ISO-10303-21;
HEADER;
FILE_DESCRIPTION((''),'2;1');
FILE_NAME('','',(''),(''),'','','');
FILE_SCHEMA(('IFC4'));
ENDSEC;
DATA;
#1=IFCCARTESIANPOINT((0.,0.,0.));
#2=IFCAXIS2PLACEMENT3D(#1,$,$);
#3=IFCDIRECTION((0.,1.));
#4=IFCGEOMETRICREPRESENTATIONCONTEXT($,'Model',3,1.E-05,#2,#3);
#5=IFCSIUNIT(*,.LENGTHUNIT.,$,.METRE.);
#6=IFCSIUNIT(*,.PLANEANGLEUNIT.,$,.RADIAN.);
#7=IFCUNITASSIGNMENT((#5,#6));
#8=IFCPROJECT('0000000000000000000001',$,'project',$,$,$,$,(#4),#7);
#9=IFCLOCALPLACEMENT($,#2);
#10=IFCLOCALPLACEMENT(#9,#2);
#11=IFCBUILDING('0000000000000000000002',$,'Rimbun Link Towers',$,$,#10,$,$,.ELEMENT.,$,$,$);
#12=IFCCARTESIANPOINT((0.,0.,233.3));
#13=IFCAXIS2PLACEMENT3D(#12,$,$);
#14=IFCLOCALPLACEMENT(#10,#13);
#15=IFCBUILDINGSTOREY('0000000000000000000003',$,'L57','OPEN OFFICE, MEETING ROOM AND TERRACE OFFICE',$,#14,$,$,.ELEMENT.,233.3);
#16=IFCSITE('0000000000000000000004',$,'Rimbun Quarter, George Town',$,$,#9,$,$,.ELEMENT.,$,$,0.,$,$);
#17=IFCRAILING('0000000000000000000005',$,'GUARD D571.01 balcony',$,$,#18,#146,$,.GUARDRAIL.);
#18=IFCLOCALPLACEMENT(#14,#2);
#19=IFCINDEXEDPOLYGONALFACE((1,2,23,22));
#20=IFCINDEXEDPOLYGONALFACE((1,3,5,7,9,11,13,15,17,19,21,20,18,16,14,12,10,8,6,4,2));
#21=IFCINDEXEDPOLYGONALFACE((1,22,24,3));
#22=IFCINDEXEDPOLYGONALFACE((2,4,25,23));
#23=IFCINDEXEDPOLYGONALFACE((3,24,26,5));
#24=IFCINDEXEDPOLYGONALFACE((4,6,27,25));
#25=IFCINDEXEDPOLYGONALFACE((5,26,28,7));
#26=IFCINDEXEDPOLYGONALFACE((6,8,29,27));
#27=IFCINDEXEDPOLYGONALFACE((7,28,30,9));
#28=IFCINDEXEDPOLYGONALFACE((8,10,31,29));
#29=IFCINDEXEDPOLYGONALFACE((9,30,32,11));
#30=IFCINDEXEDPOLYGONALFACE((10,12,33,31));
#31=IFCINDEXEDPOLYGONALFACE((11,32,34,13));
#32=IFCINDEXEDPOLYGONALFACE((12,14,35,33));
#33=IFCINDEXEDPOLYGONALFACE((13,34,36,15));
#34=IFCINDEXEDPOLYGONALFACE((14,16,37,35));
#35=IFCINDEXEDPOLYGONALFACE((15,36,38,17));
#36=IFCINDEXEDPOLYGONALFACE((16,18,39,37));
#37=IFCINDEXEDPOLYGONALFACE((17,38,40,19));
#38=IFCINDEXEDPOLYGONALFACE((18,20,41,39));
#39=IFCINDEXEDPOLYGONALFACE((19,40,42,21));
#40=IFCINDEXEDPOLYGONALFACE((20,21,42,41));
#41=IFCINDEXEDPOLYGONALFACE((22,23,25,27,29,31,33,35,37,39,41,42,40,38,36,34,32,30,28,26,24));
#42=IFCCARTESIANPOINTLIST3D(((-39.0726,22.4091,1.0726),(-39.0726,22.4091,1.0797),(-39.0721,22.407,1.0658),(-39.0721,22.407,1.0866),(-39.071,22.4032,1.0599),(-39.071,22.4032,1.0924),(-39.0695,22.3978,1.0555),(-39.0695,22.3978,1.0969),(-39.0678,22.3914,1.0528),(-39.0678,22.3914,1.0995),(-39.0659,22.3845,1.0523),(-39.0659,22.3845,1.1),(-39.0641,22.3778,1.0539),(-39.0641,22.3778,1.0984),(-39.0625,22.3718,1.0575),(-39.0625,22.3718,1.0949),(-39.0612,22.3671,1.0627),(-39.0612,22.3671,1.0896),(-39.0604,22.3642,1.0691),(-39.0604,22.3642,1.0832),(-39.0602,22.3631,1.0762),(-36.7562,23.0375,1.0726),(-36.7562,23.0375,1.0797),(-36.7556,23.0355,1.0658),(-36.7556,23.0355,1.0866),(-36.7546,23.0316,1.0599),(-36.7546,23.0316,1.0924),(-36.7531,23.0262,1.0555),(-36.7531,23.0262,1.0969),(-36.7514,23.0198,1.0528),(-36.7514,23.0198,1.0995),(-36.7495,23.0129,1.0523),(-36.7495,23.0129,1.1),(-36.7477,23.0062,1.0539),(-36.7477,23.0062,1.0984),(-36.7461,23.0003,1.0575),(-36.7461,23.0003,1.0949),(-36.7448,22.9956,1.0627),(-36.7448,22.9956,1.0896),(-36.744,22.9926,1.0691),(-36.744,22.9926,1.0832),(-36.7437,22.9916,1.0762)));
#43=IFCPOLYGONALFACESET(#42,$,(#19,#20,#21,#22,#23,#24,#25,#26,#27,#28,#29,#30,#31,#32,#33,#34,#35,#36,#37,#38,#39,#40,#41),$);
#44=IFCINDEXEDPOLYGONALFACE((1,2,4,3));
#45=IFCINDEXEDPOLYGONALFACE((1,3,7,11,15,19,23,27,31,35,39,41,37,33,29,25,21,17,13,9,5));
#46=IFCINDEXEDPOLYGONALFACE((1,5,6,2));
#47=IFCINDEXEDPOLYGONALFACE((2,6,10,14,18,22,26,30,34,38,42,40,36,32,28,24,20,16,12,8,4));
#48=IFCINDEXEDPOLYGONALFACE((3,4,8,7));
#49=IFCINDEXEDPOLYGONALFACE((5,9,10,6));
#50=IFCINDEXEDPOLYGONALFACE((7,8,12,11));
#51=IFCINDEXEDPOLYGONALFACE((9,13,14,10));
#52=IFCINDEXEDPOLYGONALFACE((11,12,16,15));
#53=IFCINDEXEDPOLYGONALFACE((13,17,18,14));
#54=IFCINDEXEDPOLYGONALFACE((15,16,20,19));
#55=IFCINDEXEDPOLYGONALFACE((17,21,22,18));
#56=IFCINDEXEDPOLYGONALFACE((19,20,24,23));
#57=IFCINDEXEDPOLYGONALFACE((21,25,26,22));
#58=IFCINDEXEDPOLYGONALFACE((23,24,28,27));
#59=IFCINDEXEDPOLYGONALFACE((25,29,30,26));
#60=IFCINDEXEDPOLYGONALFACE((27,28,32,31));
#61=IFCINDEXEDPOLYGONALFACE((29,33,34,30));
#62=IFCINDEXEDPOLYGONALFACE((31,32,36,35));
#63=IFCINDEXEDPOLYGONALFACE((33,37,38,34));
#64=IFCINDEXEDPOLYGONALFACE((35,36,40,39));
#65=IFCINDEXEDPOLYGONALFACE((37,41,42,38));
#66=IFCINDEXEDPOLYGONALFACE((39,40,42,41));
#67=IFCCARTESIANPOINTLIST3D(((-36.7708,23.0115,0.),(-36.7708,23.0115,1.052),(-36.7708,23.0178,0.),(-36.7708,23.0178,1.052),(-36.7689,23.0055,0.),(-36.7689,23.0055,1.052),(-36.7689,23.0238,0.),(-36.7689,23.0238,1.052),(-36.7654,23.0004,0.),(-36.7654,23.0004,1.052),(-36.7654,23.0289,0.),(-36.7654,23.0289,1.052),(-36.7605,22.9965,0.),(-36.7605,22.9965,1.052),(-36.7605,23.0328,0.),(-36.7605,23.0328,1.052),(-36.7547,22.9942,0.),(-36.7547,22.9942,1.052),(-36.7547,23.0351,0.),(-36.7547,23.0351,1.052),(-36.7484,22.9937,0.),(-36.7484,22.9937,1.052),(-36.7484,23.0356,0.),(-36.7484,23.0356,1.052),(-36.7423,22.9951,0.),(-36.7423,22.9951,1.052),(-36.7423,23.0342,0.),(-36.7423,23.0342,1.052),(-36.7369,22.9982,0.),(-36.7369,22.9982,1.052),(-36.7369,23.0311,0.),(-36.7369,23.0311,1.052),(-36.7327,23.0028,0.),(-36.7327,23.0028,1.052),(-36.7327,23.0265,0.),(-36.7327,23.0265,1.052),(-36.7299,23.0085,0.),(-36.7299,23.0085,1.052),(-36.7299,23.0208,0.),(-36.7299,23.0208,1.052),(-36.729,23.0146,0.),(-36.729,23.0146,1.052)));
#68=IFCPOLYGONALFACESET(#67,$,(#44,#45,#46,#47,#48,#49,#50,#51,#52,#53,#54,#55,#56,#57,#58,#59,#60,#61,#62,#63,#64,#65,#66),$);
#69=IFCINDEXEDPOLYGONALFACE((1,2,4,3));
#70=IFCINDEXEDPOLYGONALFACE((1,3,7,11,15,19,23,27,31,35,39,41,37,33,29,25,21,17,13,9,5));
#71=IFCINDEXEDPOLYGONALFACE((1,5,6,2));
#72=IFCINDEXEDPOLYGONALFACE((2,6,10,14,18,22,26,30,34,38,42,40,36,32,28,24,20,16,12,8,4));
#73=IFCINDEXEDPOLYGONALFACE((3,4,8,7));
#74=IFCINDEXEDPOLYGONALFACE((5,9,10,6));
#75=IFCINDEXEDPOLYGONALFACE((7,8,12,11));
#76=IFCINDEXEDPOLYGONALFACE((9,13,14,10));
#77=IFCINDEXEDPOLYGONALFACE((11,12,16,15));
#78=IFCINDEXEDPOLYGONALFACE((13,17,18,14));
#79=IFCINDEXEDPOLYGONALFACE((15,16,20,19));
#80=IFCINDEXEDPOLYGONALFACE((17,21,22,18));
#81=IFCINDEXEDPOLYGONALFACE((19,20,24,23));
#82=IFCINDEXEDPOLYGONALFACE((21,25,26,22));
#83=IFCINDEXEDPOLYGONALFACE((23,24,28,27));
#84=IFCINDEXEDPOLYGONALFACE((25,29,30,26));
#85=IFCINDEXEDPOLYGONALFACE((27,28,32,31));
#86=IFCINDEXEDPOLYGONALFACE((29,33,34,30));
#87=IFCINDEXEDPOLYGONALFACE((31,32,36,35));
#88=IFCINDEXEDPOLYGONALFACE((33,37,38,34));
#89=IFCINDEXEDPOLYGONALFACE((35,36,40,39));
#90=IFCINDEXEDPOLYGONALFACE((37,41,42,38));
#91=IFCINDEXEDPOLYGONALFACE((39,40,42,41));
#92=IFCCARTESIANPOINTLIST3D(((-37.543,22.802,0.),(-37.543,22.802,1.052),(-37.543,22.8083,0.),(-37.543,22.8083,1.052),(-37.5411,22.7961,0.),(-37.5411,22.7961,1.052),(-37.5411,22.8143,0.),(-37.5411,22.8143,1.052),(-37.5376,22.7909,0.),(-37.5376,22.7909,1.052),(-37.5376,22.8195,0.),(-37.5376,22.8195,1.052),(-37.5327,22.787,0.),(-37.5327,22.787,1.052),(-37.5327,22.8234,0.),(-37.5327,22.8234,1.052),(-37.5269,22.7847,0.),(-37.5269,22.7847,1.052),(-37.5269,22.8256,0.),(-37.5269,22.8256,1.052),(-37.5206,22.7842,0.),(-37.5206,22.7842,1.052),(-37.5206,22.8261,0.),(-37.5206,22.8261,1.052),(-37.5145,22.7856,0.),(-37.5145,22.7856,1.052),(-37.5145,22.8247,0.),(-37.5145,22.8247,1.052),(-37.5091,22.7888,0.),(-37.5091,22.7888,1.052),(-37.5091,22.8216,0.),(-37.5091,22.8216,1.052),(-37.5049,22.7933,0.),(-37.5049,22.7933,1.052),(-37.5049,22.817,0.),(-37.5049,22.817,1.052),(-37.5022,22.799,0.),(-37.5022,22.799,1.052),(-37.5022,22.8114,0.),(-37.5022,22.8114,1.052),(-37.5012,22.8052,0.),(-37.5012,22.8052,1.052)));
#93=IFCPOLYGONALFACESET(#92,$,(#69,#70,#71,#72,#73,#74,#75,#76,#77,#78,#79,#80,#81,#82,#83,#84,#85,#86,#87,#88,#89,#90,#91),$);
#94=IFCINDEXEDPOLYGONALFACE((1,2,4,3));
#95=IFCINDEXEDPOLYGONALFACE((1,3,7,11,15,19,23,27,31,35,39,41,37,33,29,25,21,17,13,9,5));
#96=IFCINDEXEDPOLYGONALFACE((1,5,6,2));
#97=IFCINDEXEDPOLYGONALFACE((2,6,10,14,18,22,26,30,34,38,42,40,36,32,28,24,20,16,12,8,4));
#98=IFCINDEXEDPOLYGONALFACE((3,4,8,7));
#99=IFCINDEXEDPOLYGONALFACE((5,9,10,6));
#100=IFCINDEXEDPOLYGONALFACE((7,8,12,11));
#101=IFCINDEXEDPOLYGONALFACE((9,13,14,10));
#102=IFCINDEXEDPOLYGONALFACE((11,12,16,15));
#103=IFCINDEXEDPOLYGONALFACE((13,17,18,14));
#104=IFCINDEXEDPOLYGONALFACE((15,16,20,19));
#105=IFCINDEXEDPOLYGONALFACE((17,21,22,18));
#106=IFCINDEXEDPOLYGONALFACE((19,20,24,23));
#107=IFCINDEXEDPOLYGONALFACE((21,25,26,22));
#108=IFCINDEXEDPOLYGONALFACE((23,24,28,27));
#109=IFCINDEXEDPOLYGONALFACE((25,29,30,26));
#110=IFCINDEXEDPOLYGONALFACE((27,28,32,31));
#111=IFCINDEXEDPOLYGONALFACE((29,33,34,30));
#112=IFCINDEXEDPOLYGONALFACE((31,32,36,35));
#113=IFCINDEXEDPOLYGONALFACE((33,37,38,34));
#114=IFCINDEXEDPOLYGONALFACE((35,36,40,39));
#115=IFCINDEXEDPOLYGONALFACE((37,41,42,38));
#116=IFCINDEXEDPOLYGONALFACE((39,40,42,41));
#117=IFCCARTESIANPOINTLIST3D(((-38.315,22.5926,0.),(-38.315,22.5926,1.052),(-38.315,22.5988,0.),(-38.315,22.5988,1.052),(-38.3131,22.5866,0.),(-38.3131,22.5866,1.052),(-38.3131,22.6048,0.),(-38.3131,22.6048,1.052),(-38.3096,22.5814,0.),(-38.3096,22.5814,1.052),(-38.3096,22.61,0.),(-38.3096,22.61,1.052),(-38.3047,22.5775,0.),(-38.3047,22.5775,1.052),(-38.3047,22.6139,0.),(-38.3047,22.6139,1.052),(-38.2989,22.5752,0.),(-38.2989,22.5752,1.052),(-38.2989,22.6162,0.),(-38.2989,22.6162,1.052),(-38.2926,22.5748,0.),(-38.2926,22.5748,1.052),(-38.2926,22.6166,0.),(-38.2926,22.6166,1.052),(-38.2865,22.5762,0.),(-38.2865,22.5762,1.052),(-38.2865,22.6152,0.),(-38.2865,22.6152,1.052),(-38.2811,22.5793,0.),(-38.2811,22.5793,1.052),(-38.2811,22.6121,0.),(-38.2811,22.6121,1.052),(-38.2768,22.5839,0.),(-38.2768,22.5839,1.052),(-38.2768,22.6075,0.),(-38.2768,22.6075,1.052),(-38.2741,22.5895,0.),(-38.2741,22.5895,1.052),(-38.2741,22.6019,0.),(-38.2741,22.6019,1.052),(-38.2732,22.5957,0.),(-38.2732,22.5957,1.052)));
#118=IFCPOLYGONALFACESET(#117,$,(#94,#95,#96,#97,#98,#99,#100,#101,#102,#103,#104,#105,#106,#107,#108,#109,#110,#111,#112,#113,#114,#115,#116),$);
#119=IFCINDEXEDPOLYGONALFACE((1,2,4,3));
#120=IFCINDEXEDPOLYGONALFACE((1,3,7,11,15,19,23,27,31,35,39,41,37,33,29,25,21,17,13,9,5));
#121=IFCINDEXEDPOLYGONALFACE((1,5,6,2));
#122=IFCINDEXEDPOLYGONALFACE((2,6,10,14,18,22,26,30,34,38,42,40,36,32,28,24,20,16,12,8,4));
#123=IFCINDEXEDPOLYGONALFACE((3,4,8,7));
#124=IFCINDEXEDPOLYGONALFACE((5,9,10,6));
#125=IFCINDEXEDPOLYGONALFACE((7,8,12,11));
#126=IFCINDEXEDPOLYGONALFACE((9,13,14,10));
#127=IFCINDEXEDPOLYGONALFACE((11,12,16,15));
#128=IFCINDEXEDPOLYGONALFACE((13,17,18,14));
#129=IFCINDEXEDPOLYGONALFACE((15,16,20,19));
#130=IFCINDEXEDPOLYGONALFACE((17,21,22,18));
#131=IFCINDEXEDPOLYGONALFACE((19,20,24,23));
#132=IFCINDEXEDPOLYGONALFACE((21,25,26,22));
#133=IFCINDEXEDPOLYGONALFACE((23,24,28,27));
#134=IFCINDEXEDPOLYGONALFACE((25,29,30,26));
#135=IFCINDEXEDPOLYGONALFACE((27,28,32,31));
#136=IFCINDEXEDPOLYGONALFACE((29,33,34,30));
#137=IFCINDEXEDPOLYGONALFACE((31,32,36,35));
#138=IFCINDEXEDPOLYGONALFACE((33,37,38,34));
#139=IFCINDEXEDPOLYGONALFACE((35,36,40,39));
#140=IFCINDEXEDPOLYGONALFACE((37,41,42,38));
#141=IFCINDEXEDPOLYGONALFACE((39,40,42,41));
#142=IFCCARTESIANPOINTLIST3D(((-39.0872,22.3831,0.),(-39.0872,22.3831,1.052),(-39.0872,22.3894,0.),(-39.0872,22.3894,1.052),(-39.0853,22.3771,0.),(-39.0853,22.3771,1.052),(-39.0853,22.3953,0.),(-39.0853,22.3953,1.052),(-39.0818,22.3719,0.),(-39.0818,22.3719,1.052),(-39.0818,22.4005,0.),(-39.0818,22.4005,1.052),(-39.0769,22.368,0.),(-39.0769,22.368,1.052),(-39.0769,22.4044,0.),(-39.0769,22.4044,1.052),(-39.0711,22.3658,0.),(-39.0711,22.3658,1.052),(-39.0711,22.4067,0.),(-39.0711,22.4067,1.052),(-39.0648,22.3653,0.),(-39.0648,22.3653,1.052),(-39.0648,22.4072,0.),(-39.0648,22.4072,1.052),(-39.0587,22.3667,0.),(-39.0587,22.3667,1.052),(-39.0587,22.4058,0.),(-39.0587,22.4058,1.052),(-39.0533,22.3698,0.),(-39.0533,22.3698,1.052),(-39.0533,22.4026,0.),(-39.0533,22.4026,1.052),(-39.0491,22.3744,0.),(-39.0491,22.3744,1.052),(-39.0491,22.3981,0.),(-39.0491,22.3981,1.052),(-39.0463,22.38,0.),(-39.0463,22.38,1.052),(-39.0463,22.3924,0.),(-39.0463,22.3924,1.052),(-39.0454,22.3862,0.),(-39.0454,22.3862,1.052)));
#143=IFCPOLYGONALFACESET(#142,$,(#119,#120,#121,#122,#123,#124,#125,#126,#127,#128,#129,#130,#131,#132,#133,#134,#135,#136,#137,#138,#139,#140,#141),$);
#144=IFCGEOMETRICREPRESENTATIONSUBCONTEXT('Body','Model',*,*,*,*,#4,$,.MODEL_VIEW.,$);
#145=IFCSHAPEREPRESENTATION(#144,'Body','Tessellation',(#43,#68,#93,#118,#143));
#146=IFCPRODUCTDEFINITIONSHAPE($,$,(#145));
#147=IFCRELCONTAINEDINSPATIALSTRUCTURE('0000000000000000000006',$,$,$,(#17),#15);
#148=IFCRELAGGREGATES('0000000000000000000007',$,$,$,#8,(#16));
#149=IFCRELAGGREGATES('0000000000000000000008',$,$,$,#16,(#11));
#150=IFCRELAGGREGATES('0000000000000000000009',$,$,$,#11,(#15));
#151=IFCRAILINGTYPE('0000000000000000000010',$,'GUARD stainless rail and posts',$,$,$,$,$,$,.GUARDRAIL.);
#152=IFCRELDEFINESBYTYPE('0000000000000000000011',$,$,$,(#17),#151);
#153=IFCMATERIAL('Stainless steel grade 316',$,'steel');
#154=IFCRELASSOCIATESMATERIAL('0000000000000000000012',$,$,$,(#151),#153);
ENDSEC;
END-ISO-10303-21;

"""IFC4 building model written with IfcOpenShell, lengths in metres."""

from ifc_helpers import new_model, si_unit, direction, frame, origin, origin_2d, place, context, subcontext, project, spatial, circle, extrude, material, type_object, element, save


model = new_model("IFC4")

# Units and contexts
model_context = context("Model", 3, precision=1e-05, world=origin(), true_north=direction((0.0, 1.0)))
body_context = subcontext(model_context, "Body", "Model", "MODEL_VIEW")
ifc_project = project(units=[si_unit("LENGTHUNIT", "METRE"), si_unit("PLANEANGLEUNIT", "RADIAN")], contexts=[model_context])

# Site, building, storey
site_placement = place(None, origin())
site = spatial("IfcSite", under=ifc_project, at=site_placement, Name="Rimbun Quarter, George Town", CompositionType="ELEMENT", RefElevation=0.0)
building_placement = place(site_placement, origin())
building = spatial("IfcBuilding", under=site, at=building_placement, Name="Rimbun Link Towers", CompositionType="ELEMENT")
storey_placement = place(building_placement, frame((0.0, 0.0, 233.3)))
storey = spatial("IfcBuildingStorey", under=building, at=storey_placement, Name="L57", Description="OPEN OFFICE, MEETING ROOM AND TERRACE OFFICE", CompositionType="ELEMENT", Elevation=233.3)

# Railing
ifc_material_1 = material(Name="Stainless steel grade 316", Category="steel")
railing_type = type_object("IfcRailingType", Name="GUARD stainless rail and posts", PredefinedType="GUARDRAIL", material=ifc_material_1)
railing_1_placement = place(storey_placement, frame((-36.75, 23.0146, 0.0)))
element("IfcRailing", 1, at=railing_1_placement, inside=storey, type_object=railing_type, Name="GUARD D571.01 balcony", PredefinedType="GUARDRAIL", context=body_context, shape_type="SweptSolid", body=[
    extrude(circle(Radius=0.0239, at=origin_2d()), frame((0.0, 0.0, 1.0762), z_axis=(-0.965115, -0.261826, 0.0), x_axis=(0.261826, -0.965115, 0.0)), (0.0, 0.0, 1.0), 2.4001),
    extrude(circle(Radius=0.021, at=origin_2d()), origin(), (0.0, 0.0, 1.0), 1.052),
    extrude(circle(Radius=0.021, at=origin_2d()), frame((-0.7722, -0.2095, 0.0)), (0.0, 0.0, 1.0), 1.052),
    extrude(circle(Radius=0.021, at=origin_2d()), frame((-1.5442, -0.4189, 0.0)), (0.0, 0.0, 1.0), 1.052),
    extrude(circle(Radius=0.021, at=origin_2d()), frame((-2.3164, -0.6284, 0.0)), (0.0, 0.0, 1.0), 1.052),
])

save(model, "model.ifc")
